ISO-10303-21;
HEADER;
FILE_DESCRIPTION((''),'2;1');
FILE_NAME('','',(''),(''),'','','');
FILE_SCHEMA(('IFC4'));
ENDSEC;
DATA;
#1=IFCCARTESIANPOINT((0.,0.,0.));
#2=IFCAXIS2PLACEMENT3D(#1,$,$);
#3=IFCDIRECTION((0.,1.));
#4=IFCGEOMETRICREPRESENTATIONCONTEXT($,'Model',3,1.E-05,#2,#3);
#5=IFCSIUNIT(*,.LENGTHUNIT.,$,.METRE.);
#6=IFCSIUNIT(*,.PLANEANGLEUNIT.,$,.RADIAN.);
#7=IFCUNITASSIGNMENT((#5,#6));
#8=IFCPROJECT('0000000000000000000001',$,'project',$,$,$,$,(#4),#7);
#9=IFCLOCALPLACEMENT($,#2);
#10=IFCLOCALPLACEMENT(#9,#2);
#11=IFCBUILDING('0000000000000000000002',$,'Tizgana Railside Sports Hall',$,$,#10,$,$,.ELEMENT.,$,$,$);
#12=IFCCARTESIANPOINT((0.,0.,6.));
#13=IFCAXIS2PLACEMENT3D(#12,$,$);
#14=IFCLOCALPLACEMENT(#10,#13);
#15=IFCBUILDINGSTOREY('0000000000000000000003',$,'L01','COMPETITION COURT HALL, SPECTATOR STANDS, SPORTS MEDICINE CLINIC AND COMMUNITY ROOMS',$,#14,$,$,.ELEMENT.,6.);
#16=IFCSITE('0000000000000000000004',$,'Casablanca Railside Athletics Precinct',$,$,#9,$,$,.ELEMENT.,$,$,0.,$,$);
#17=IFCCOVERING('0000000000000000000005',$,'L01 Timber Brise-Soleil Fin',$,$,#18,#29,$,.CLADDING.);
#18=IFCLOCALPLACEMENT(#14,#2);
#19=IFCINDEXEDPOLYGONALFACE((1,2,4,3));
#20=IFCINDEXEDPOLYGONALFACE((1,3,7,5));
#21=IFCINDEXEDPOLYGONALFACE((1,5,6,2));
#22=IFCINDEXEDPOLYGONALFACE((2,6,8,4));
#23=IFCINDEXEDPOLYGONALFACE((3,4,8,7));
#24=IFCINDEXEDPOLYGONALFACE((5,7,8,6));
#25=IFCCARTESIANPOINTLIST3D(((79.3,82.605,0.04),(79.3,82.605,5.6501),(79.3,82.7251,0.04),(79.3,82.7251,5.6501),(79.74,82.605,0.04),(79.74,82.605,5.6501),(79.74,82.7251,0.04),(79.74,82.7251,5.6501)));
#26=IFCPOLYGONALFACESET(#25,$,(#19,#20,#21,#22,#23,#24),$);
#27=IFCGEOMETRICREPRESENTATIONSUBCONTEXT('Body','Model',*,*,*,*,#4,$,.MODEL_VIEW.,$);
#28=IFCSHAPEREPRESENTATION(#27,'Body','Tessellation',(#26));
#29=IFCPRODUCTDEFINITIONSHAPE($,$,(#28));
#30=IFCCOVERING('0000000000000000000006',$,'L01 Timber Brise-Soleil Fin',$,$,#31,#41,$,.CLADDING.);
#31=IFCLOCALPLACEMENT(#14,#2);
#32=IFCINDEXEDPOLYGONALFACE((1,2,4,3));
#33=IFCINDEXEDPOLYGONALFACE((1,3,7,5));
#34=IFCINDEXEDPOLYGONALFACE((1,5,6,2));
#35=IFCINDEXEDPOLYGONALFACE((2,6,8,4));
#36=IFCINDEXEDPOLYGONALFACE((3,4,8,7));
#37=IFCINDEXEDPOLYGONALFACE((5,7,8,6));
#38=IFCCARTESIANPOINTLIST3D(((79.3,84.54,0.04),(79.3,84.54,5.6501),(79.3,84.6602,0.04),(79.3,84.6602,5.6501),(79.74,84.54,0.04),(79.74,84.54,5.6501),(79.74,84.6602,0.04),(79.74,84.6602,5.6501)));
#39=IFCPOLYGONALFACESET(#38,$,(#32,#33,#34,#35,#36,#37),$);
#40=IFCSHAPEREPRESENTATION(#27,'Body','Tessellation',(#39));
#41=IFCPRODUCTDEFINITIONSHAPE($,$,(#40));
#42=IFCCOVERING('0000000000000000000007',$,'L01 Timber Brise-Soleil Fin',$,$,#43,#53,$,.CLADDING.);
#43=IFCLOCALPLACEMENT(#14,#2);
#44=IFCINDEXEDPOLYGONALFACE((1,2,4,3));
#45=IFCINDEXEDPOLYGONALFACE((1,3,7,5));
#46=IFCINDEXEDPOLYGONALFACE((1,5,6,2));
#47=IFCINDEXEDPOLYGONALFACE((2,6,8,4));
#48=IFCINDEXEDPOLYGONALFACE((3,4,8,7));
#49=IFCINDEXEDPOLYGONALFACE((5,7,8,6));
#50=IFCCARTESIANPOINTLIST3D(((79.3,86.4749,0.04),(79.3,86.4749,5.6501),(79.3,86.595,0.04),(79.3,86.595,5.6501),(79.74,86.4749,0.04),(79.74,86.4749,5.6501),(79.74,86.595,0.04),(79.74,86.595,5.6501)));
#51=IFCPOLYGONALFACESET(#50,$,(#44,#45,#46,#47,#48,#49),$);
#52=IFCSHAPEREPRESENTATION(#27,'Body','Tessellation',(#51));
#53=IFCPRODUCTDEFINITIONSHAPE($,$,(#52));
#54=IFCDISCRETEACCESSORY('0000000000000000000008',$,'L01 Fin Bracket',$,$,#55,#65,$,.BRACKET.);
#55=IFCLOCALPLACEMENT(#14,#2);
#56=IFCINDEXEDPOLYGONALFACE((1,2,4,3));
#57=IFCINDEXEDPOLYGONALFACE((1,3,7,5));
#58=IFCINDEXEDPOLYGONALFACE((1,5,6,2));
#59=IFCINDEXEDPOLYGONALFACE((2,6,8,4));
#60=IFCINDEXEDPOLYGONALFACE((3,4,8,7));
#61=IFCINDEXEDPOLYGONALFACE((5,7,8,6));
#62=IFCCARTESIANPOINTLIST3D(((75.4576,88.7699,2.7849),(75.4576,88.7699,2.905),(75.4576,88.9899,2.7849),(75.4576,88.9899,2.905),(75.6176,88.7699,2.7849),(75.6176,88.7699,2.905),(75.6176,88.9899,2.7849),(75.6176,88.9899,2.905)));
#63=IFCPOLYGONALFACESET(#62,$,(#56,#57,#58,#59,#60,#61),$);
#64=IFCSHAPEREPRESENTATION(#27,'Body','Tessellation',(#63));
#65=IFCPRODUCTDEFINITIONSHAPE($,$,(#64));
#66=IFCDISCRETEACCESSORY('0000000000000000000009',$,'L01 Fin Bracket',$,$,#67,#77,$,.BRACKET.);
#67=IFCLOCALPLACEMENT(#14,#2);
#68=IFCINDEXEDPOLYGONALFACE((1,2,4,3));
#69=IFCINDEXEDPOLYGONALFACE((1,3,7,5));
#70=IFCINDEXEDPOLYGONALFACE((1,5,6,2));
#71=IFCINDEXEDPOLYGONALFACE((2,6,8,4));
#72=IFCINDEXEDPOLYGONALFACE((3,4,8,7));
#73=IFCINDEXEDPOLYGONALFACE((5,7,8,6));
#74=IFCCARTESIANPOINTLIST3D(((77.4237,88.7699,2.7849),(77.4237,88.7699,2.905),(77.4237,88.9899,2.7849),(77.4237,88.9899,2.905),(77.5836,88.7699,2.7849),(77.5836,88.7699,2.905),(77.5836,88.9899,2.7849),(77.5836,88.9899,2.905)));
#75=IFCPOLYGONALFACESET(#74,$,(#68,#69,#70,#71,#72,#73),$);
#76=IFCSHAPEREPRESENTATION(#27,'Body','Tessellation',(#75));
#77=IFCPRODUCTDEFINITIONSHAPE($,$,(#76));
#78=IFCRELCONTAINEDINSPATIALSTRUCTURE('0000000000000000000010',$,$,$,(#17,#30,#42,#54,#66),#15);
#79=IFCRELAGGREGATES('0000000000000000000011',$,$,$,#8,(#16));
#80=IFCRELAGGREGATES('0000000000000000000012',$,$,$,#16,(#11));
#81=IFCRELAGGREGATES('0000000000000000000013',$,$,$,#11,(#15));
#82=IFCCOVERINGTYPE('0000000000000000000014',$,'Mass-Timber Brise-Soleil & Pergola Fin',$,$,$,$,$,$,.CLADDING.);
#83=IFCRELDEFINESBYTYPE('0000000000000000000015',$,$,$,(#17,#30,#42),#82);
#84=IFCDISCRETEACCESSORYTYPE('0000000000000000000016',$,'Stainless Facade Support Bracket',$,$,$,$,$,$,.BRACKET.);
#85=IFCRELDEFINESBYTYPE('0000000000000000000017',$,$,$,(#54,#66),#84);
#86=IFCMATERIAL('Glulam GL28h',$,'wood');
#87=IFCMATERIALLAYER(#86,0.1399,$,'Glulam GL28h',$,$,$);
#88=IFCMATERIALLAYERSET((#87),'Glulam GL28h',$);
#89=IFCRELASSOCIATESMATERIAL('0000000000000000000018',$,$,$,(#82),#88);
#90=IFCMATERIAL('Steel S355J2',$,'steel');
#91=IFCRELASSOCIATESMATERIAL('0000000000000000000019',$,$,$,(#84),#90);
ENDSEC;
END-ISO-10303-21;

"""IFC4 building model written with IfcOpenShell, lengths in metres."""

from ifc_helpers import new_model, si_unit, direction, frame, origin, origin_2d, place, context, subcontext, project, spatial, rectangle, extrude, material, layer, layer_set, type_object, element, save


model = new_model("IFC4")

# Units and contexts
model_context = context("Model", 3, precision=1e-05, world=origin(), true_north=direction((0.0, 1.0)))
body_context = subcontext(model_context, "Body", "Model", "MODEL_VIEW")
ifc_project = project(units=[si_unit("LENGTHUNIT", "METRE"), si_unit("PLANEANGLEUNIT", "RADIAN")], contexts=[model_context])

# Site, building, storey
site_placement = place(None, origin())
site = spatial("IfcSite", under=ifc_project, at=site_placement, Name="Casablanca Railside Athletics Precinct", CompositionType="ELEMENT", RefElevation=0.0)
building_placement = place(site_placement, origin())
building = spatial("IfcBuilding", under=site, at=building_placement, Name="Tizgana Railside Sports Hall", CompositionType="ELEMENT")
storey_placement = place(building_placement, frame((0.0, 0.0, 6.0)))
storey = spatial("IfcBuildingStorey", under=building, at=storey_placement, Name="L01", Description="COMPETITION COURT HALL, SPECTATOR STANDS, SPORTS MEDICINE CLINIC AND COMMUNITY ROOMS", CompositionType="ELEMENT", Elevation=6.0)

# Coverings
ifc_material_1 = material(Name="Glulam GL28h", Category="wood")
ifc_layer_1 = layer(ifc_material_1, 0.1399, Name="Glulam GL28h")
ifc_layer_set_1 = layer_set([ifc_layer_1], Name="Glulam GL28h")
covering_type = type_object("IfcCoveringType", Name="Mass-Timber Brise-Soleil & Pergola Fin", PredefinedType="CLADDING", material=ifc_layer_set_1)
for number, where, z_axis, x_axis, name in (
    (1, (79.52, 82.665, 0.04), (0.0, 0.0, 1.0), (0.0, 1.0, 0.0), "L01 Timber Brise-Soleil Fin"),
    (2, (79.52, 84.6001, 0.04), (0.0, 0.0, 1.0), (0.0, 1.0, 0.0), "L01 Timber Brise-Soleil Fin"),
    (3, (79.52, 86.5349, 0.04), (0.0, 0.0, 1.0), (0.0, 1.0, 0.0), "L01 Timber Brise-Soleil Fin"),
):
    element("IfcCovering", number, at=place(storey_placement, frame(where, z_axis=z_axis, x_axis=x_axis)), inside=storey, type_object=covering_type, Name=name, PredefinedType="CLADDING", context=body_context, shape_type="SweptSolid", body=[
        extrude(rectangle(XDim=0.1201, YDim=0.4399, at=origin_2d()), origin(), (0.0, 0.0, 1.0), 5.6101),
    ])

# Discrete accessories
ifc_material_2 = material(Name="Steel S355J2", Category="steel")
discrete_accessory_type = type_object("IfcDiscreteAccessoryType", Name="Stainless Facade Support Bracket", PredefinedType="BRACKET", material=ifc_material_2)
for number, where, z_axis, x_axis, name in (
    (4, (75.5376, 88.8799, 2.7849), (0.0, 0.0, 1.0), (1.0, 0.0, 0.0), "L01 Fin Bracket"),
    (5, (77.5037, 88.8799, 2.7849), (0.0, 0.0, 1.0), (1.0, 0.0, 0.0), "L01 Fin Bracket"),
):
    element("IfcDiscreteAccessory", number, at=place(storey_placement, frame(where, z_axis=z_axis, x_axis=x_axis)), inside=storey, type_object=discrete_accessory_type, Name=name, PredefinedType="BRACKET", context=body_context, shape_type="SweptSolid", body=[
        extrude(rectangle(XDim=0.1599, YDim=0.22, at=origin_2d()), origin(), (0.0, 0.0, 1.0), 0.1201),
    ])

save(model, "model.ifc")
